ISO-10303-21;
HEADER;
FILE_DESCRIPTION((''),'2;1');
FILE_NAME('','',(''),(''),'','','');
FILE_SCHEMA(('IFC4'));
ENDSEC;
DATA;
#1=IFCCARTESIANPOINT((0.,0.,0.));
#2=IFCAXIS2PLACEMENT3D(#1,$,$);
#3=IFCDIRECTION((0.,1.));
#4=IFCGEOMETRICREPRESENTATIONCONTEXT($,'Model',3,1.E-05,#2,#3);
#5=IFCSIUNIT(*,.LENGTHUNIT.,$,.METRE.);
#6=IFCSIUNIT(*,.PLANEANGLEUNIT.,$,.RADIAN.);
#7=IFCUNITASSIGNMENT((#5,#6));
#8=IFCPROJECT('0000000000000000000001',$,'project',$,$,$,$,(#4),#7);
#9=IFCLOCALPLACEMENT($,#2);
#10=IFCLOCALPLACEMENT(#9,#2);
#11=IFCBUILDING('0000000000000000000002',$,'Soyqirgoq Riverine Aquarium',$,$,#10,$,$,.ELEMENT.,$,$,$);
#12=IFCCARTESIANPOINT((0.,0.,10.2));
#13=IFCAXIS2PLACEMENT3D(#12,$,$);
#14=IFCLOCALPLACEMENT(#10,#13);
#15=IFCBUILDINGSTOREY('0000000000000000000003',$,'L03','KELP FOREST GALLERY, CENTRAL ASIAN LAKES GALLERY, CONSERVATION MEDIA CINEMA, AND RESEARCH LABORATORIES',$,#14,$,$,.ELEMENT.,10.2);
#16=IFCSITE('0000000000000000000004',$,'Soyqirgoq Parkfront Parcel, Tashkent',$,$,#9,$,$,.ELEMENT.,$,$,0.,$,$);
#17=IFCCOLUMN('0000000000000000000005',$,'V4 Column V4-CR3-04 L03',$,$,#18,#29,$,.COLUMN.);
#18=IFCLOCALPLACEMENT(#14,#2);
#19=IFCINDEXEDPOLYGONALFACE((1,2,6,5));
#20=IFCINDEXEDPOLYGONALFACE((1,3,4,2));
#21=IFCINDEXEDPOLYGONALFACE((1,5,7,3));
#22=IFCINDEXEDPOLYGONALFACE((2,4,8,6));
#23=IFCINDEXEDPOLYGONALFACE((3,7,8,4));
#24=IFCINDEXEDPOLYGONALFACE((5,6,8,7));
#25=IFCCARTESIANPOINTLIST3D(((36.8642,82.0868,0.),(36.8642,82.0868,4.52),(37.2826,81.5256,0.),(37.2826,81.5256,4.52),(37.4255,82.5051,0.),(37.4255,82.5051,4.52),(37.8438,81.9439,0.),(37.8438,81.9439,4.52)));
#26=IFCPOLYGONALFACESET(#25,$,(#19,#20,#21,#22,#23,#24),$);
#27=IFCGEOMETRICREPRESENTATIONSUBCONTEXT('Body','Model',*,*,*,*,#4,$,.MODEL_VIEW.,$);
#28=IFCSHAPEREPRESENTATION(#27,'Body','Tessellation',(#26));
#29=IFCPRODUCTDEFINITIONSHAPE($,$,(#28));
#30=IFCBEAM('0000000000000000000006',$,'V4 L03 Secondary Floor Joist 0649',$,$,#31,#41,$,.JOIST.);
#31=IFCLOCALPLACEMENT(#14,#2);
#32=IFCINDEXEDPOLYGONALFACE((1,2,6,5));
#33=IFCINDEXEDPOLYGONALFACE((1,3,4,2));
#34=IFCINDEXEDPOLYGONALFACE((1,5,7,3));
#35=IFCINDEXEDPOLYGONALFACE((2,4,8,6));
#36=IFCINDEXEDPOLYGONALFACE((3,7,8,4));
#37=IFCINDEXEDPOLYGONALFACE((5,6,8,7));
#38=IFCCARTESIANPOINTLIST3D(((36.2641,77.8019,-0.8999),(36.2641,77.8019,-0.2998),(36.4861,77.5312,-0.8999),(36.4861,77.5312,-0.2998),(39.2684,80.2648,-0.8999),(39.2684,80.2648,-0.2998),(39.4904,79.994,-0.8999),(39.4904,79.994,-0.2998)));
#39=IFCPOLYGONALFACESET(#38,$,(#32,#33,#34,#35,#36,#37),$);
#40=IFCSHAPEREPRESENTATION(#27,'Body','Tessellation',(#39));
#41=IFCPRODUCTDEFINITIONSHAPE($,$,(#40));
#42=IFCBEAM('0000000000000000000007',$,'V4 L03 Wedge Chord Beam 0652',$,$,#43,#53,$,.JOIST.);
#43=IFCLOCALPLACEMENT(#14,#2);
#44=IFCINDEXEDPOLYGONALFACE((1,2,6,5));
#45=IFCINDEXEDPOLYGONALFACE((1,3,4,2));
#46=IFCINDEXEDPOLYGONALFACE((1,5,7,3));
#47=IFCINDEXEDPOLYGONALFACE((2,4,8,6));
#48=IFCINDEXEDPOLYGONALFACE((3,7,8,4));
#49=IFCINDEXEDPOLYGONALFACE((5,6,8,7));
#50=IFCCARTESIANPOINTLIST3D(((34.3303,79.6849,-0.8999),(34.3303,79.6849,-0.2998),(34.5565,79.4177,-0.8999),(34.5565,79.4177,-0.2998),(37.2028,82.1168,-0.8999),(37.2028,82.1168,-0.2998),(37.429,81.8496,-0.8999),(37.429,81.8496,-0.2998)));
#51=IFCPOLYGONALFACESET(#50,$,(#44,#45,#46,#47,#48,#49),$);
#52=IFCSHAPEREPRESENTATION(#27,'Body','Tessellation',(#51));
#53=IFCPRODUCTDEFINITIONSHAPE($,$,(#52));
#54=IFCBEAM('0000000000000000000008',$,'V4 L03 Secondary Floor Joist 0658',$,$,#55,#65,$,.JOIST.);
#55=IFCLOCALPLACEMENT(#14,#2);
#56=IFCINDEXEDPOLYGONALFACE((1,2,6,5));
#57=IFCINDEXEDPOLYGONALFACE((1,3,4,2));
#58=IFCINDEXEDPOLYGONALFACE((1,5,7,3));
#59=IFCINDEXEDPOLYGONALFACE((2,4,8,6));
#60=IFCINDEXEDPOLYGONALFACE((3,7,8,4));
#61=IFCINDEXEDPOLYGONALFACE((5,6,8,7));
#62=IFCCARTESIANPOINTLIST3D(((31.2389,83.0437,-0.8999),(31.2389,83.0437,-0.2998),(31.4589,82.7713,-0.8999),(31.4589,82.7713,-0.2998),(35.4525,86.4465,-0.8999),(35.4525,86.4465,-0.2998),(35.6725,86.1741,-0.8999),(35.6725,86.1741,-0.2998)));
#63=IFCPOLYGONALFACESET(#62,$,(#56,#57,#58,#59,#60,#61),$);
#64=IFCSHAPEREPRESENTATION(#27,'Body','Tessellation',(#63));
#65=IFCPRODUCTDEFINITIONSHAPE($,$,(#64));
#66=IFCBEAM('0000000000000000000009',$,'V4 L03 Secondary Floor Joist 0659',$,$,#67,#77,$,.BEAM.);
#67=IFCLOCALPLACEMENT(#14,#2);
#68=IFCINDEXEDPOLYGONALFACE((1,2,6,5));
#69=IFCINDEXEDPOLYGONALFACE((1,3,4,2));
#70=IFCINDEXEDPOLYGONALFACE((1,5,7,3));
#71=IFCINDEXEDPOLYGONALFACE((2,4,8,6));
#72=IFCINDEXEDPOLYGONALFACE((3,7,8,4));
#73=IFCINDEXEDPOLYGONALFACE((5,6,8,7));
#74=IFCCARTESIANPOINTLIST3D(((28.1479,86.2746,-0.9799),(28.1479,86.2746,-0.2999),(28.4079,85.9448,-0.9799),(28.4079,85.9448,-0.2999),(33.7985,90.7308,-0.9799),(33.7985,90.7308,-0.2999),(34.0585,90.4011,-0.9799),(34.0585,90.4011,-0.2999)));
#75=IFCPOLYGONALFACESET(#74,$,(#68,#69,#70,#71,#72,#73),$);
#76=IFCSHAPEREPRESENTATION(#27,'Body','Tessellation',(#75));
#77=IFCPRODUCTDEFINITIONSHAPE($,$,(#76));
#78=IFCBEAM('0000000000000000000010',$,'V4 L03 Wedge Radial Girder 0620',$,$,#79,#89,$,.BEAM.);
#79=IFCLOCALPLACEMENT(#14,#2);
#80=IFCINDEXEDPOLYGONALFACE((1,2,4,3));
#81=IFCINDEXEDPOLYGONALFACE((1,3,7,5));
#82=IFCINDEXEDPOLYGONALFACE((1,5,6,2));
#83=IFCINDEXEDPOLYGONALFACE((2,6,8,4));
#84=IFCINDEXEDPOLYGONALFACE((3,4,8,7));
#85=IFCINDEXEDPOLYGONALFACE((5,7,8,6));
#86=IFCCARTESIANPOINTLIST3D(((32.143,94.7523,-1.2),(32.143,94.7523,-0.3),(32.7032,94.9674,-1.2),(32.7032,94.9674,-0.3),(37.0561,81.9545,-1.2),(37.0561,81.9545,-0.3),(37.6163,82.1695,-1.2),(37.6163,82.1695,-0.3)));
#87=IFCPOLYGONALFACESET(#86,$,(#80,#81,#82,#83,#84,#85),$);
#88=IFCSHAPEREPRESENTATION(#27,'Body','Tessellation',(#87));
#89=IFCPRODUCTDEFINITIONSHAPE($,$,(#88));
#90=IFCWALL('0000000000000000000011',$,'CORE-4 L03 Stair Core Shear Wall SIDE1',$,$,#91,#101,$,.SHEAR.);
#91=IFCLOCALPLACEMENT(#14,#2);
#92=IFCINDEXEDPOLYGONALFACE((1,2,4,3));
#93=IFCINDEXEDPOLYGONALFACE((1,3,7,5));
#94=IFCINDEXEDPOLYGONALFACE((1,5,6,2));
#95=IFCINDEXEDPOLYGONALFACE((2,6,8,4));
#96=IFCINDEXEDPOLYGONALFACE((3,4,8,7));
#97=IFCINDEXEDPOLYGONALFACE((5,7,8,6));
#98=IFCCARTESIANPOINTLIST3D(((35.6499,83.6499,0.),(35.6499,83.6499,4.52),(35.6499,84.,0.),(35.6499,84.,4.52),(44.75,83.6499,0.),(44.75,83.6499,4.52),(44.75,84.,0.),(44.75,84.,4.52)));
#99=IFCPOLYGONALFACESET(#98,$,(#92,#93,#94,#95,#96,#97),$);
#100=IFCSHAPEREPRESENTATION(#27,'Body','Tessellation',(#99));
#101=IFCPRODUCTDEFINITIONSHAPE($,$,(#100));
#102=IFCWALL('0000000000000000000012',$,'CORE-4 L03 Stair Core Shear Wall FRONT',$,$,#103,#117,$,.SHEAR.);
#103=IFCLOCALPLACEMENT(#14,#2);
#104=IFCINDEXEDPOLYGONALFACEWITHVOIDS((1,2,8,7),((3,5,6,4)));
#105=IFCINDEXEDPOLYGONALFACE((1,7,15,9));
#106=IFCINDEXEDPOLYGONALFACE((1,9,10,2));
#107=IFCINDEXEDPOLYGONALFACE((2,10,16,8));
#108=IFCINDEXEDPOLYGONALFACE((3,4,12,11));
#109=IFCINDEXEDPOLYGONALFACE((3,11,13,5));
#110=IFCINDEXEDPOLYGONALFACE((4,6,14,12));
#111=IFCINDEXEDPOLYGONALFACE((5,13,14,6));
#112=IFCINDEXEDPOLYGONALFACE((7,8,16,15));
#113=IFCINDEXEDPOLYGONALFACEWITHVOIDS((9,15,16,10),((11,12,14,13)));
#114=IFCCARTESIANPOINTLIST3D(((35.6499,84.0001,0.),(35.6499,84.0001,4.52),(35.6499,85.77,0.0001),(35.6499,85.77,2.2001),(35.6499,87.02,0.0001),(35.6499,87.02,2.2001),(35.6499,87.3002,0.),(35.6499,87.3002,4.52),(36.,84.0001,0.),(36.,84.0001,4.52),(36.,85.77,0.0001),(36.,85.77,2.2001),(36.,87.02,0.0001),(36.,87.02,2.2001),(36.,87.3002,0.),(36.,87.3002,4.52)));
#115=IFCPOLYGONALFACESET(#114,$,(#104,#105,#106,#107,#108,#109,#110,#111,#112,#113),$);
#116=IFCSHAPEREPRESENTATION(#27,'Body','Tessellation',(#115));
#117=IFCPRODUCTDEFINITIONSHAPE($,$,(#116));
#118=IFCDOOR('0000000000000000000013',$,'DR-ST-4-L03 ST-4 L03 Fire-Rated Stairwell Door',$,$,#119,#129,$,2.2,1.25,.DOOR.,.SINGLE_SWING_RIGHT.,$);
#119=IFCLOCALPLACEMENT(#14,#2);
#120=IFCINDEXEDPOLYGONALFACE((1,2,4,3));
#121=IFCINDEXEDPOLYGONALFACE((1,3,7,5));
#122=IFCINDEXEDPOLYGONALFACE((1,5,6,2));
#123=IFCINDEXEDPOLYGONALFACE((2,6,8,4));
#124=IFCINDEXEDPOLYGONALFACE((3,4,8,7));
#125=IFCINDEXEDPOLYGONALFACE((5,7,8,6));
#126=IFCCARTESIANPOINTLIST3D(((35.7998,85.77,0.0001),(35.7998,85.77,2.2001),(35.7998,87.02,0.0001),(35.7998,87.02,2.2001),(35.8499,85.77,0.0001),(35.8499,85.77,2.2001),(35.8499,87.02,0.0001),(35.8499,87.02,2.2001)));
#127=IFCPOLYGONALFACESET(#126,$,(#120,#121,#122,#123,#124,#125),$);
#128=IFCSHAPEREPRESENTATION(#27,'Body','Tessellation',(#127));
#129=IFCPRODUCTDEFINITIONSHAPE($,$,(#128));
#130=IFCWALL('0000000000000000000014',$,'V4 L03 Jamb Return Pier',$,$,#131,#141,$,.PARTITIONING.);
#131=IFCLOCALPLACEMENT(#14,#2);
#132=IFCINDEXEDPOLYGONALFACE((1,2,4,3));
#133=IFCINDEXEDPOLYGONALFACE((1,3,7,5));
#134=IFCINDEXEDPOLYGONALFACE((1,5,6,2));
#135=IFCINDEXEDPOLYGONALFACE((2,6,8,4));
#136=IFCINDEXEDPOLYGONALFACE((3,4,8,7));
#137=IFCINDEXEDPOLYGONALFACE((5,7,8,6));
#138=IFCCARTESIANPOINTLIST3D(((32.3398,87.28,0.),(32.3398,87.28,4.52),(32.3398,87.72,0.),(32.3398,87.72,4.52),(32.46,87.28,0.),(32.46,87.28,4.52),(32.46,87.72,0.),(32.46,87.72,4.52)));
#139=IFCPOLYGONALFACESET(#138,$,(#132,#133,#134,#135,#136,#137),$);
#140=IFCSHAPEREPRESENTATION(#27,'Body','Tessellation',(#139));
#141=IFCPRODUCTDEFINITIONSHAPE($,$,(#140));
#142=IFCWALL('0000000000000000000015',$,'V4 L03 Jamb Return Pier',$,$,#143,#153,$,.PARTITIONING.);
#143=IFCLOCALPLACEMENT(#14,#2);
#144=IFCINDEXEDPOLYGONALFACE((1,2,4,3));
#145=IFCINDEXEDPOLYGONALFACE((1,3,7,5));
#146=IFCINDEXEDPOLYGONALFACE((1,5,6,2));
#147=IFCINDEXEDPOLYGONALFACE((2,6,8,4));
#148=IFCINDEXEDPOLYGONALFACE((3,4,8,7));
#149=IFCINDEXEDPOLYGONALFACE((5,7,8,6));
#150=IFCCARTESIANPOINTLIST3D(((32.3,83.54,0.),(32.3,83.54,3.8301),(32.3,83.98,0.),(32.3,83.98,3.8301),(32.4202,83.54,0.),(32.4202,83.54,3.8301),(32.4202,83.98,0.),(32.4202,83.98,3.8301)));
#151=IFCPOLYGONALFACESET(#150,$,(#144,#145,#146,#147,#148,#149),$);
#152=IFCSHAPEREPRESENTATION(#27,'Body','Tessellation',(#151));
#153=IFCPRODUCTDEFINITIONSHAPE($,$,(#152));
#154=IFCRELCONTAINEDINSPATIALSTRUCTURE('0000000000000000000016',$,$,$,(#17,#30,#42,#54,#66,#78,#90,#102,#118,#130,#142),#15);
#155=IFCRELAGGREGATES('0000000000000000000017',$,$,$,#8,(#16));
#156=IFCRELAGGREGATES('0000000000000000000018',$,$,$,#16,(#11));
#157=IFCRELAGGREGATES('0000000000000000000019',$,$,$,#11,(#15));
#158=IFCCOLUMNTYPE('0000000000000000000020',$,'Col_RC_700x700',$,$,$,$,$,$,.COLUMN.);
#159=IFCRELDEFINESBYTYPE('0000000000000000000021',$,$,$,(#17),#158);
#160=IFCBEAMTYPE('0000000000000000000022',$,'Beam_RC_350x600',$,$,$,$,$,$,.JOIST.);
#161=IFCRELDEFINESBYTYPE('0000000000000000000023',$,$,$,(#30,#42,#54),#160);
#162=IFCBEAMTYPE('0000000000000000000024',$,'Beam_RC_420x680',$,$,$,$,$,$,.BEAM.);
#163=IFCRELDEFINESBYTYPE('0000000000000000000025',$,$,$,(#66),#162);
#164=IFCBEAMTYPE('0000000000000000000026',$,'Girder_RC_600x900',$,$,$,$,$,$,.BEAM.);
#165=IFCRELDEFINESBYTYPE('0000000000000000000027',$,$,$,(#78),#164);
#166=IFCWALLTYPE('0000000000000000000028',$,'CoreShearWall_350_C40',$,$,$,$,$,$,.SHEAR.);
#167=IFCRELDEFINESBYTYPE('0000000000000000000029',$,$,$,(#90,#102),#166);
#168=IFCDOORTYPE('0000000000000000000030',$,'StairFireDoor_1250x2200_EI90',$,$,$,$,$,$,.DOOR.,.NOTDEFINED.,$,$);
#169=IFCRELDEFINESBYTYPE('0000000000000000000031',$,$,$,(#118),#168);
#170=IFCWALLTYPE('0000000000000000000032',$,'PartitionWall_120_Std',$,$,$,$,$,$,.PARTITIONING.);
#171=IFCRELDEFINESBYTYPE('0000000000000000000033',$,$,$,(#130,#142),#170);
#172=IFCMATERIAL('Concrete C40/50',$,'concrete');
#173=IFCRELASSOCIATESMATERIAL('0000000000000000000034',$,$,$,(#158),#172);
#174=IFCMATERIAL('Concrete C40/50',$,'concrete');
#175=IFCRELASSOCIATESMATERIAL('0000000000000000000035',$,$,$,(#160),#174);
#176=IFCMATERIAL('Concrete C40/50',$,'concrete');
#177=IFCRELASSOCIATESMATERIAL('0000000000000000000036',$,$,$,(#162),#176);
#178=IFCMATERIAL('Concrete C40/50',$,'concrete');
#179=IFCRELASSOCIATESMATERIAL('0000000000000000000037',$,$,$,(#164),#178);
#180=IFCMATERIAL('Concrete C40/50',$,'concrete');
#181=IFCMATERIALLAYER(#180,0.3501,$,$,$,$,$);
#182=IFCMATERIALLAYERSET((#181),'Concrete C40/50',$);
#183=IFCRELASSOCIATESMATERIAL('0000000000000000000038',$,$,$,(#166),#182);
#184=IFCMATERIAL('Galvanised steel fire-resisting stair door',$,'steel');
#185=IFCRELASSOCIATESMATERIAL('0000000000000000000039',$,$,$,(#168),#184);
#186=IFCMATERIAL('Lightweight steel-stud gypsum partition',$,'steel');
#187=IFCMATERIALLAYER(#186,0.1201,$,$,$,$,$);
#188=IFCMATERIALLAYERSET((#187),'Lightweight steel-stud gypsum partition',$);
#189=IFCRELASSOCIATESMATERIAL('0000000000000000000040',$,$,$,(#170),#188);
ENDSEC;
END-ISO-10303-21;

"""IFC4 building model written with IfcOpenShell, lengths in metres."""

from ifc_helpers import new_model, si_unit, direction, frame, frame_2d, origin, origin_2d, place, context, subcontext, project, spatial, rectangle, extrude, material, layer, layer_set, material_profile, profile_set, type_object, element, fill, save


model = new_model("IFC4")

# Units and contexts
model_context = context("Model", 3, precision=1e-05, world=origin(), true_north=direction((0.0, 1.0)))
body_context = subcontext(model_context, "Body", "Model", "MODEL_VIEW")
ifc_project = project(units=[si_unit("LENGTHUNIT", "METRE"), si_unit("PLANEANGLEUNIT", "RADIAN")], contexts=[model_context])

# Site, building, storey
site_placement = place(None, origin())
site = spatial("IfcSite", under=ifc_project, at=site_placement, Name="Soyqirgoq Parkfront Parcel, Tashkent", CompositionType="ELEMENT", RefElevation=0.0)
building_placement = place(site_placement, origin())
building = spatial("IfcBuilding", under=site, at=building_placement, Name="Soyqirgoq Riverine Aquarium", CompositionType="ELEMENT")
storey_placement = place(building_placement, frame((0.0, 0.0, 10.2)))
storey = spatial("IfcBuildingStorey", under=building, at=storey_placement, Name="L03", Description="KELP FOREST GALLERY, CENTRAL ASIAN LAKES GALLERY, CONSERVATION MEDIA CINEMA, AND RESEARCH LABORATORIES", CompositionType="ELEMENT", Elevation=10.2)

# Column
ifc_material_1 = material(Name="Concrete C40/50", Category="concrete")
ifc_material_profile_1 = material_profile(ifc_material_1, rectangle(XDim=0.7, YDim=0.7, at=origin_2d()), Name="RC 700x700")
ifc_profile_set_1 = profile_set([ifc_material_profile_1], Name="Concrete C40/50")
column_type = type_object("IfcColumnType", Name="Col_RC_700x700", PredefinedType="COLUMN", material=ifc_profile_set_1)
column_placement = place(storey_placement, frame((37.354, 82.0154, 0.0), z_axis=(0.0, 0.0, 1.0), x_axis=(-0.597625, 0.801776, 0.0)))
element("IfcColumn", 1, at=column_placement, inside=storey, type_object=column_type, Name="V4 Column V4-CR3-04 L03", PredefinedType="COLUMN", context=body_context, shape_type="SweptSolid", body=[
    extrude(rectangle(XDim=0.7, YDim=0.7, at=origin_2d()), origin(), (0.0, 0.0, 1.0), 4.52),
])

# Beams
ifc_material_2 = material(Name="Concrete C40/50", Category="concrete")
ifc_material_profile_2 = material_profile(ifc_material_2, rectangle(XDim=0.3501, YDim=0.6001, at=origin_2d()), Name="RC 350x600")
ifc_profile_set_2 = profile_set([ifc_material_profile_2], Name="Concrete C40/50")
beam_type_1 = type_object("IfcBeamType", Name="Beam_RC_350x600", PredefinedType="JOIST", material=ifc_profile_set_2)
beam_1_placement = place(storey_placement, frame((39.3794, 80.1294, -0.5999), z_axis=(-0.773358, -0.63397, 0.0), x_axis=(0.63397, -0.773358, 0.0)))
element("IfcBeam", 2, at=beam_1_placement, inside=storey, type_object=beam_type_1, Name="V4 L03 Secondary Floor Joist 0649", PredefinedType="JOIST", context=body_context, shape_type="SweptSolid", body=[
    extrude(rectangle(XDim=0.3501, YDim=0.6001, at=origin_2d()), origin(), (0.0, 0.0, 1.0), 3.8848),
])
beam_2_placement = place(storey_placement, frame((37.3159, 81.9832, -0.5999), z_axis=(-0.763221, -0.646137, 0.0), x_axis=(0.646137, -0.763221, 0.0)))
element("IfcBeam", 3, at=beam_2_placement, inside=storey, type_object=beam_type_1, Name="V4 L03 Wedge Chord Beam 0652", PredefinedType="JOIST", context=body_context, shape_type="SweptSolid", body=[
    extrude(rectangle(XDim=0.3501, YDim=0.6001, at=origin_2d()), origin(), (0.0, 0.0, 1.0), 3.7637),
])
beam_3_placement = place(storey_placement, frame((35.5625, 86.3103, -0.5999), z_axis=(-0.777984, -0.628284, 0.0), x_axis=(0.628284, -0.777984, 0.0)))
element("IfcBeam", 4, at=beam_3_placement, inside=storey, type_object=beam_type_1, Name="V4 L03 Secondary Floor Joist 0658", PredefinedType="JOIST", context=body_context, shape_type="SweptSolid", body=[
    extrude(rectangle(XDim=0.3501, YDim=0.6001, at=origin_2d()), origin(), (0.0, 0.0, 1.0), 5.416),
])
ifc_material_3 = material(Name="Concrete C40/50", Category="concrete")
ifc_material_profile_3 = material_profile(ifc_material_3, rectangle(XDim=0.4199, YDim=0.6799, at=origin_2d()), Name="RC 420x680")
ifc_profile_set_3 = profile_set([ifc_material_profile_3], Name="Concrete C40/50")
beam_type_2 = type_object("IfcBeamType", Name="Beam_RC_420x680", PredefinedType="BEAM", material=ifc_profile_set_3)
beam_4_placement = place(storey_placement, frame((33.9285, 90.5659, -0.6399), z_axis=(-0.785202, -0.619239, 0.0), x_axis=(0.619239, -0.785202, 0.0)))
element("IfcBeam", 5, at=beam_4_placement, inside=storey, type_object=beam_type_2, Name="V4 L03 Secondary Floor Joist 0659", PredefinedType="BEAM", context=body_context, shape_type="SweptSolid", body=[
    extrude(rectangle(XDim=0.4199, YDim=0.6799, at=origin_2d()), origin(), (0.0, 0.0, 1.0), 7.1963),
])
ifc_material_4 = material(Name="Concrete C40/50", Category="concrete")
ifc_material_profile_4 = material_profile(ifc_material_4, rectangle(XDim=0.6001, YDim=0.8999, at=origin_2d()), Name="RC 600x900")
ifc_profile_set_4 = profile_set([ifc_material_profile_4], Name="Concrete C40/50")
beam_type_3 = type_object("IfcBeamType", Name="Girder_RC_600x900", PredefinedType="BEAM", material=ifc_profile_set_4)
beam_5_placement = place(storey_placement, frame((37.3362, 82.062, -0.75), z_axis=(-0.358397, 0.933569, 0.0), x_axis=(-0.933569, -0.358397, 0.0)))
element("IfcBeam", 6, at=beam_5_placement, inside=storey, type_object=beam_type_3, Name="V4 L03 Wedge Radial Girder 0620", PredefinedType="BEAM", context=body_context, shape_type="SweptSolid", body=[
    extrude(rectangle(XDim=0.6001, YDim=0.8999, at=origin_2d()), origin(), (0.0, 0.0, 1.0), 13.7085),
])

# Wall
ifc_material_5 = material(Name="Concrete C40/50", Category="concrete")
ifc_layer_1 = layer(ifc_material_5, 0.3501)
ifc_layer_set_1 = layer_set([ifc_layer_1], Name="Concrete C40/50")
wall_type_1 = type_object("IfcWallType", Name="CoreShearWall_350_C40", PredefinedType="SHEAR", material=ifc_layer_set_1)
wall_1_placement = place(storey_placement, frame((35.6499, 83.825, 0.0), z_axis=(0.0, 0.0, 1.0), x_axis=(1.0, 0.0, 0.0)))
element("IfcWall", 7, at=wall_1_placement, inside=storey, type_object=wall_type_1, Name="CORE-4 L03 Stair Core Shear Wall SIDE1", PredefinedType="SHEAR", context=body_context, shape_type="SweptSolid", body=[
    extrude(rectangle(XDim=9.1001, YDim=0.3501, at=frame_2d((4.55, 0.0))), origin(), (0.0, 0.0, 1.0), 4.52),
])

# Wall, opening, door
wall_2_placement = place(storey_placement, frame((35.825, 87.3, 0.0), z_axis=(0.0, 0.0, 1.0), x_axis=(0.0, -1.0, 0.0)))
wall_2 = element("IfcWall", 8, at=wall_2_placement, inside=storey, type_object=wall_type_1, Name="CORE-4 L03 Stair Core Shear Wall FRONT", PredefinedType="SHEAR", context=body_context, shape_type="SweptSolid", body=[
    extrude(rectangle(XDim=3.3, YDim=0.3501, at=frame_2d((1.6499, 0.0))), origin(), (0.0, 0.0, 1.0), 4.52),
])
opening_1_placement = place(wall_2_placement, frame((0.28, 0.0, 0.0)))
opening_1 = element("IfcOpeningElement", 9, at=opening_1_placement, cuts=wall_2, PredefinedType="OPENING", context=body_context, shape_type="SweptSolid", body=[
    extrude(rectangle(XDim=1.25, YDim=2.2, at=frame_2d((0.625, 1.1001))), frame((0.0, 0.1851, 0.0), z_axis=(0.0, -1.0, 0.0), x_axis=(1.0, 0.0, 0.0)), (0.0, 0.0, 1.0), 0.3701),
])
ifc_material_6 = material(Name="Galvanised steel fire-resisting stair door", Category="steel")
door_type_1 = type_object("IfcDoorType", Name="StairFireDoor_1250x2200_EI90", OperationType="NOTDEFINED", PredefinedType="DOOR", material=ifc_material_6)
door_1_placement = place(opening_1_placement, origin())
door_1 = element("IfcDoor", 10, at=door_1_placement, inside=storey, type_object=door_type_1, Name="DR-ST-4-L03 ST-4 L03 Fire-Rated Stairwell Door", OperationType="SINGLE_SWING_RIGHT", OverallHeight=2.2, OverallWidth=1.25, PredefinedType="DOOR", context=body_context, shape_type="SweptSolid", body=[
    extrude(rectangle(XDim=1.25, YDim=2.2, at=frame_2d((0.625, 1.1001))), frame((0.0, 0.0249, 0.0), z_axis=(0.0, -1.0, 0.0), x_axis=(1.0, 0.0, 0.0)), (0.0, 0.0, 1.0), 0.05),
])
fill(opening_1, door_1)

# Walls
ifc_material_7 = material(Name="Lightweight steel-stud gypsum partition", Category="steel")
ifc_layer_2 = layer(ifc_material_7, 0.1201)
ifc_layer_set_2 = layer_set([ifc_layer_2], Name="Lightweight steel-stud gypsum partition")
wall_type_2 = type_object("IfcWallType", Name="PartitionWall_120_Std", PredefinedType="PARTITIONING", material=ifc_layer_set_2)
wall_3_placement = place(storey_placement, frame((32.3999, 87.72, 0.0), z_axis=(0.0, 0.0, 1.0), x_axis=(0.0, -1.0, 0.0)))
element("IfcWall", 11, at=wall_3_placement, inside=storey, type_object=wall_type_2, Name="V4 L03 Jamb Return Pier", PredefinedType="PARTITIONING", context=body_context, shape_type="SweptSolid", body=[
    extrude(rectangle(XDim=0.4399, YDim=0.1201, at=frame_2d((0.22, 0.0))), origin(), (0.0, 0.0, 1.0), 4.52),
])
wall_4_placement = place(storey_placement, frame((32.3601, 83.98, 0.0), z_axis=(0.0, 0.0, 1.0), x_axis=(0.0, -1.0, 0.0)))
element("IfcWall", 12, at=wall_4_placement, inside=storey, type_object=wall_type_2, Name="V4 L03 Jamb Return Pier", PredefinedType="PARTITIONING", context=body_context, shape_type="SweptSolid", body=[
    extrude(rectangle(XDim=0.4399, YDim=0.1201, at=frame_2d((0.22, 0.0))), origin(), (0.0, 0.0, 1.0), 3.8301),
])

save(model, "model.ifc")
